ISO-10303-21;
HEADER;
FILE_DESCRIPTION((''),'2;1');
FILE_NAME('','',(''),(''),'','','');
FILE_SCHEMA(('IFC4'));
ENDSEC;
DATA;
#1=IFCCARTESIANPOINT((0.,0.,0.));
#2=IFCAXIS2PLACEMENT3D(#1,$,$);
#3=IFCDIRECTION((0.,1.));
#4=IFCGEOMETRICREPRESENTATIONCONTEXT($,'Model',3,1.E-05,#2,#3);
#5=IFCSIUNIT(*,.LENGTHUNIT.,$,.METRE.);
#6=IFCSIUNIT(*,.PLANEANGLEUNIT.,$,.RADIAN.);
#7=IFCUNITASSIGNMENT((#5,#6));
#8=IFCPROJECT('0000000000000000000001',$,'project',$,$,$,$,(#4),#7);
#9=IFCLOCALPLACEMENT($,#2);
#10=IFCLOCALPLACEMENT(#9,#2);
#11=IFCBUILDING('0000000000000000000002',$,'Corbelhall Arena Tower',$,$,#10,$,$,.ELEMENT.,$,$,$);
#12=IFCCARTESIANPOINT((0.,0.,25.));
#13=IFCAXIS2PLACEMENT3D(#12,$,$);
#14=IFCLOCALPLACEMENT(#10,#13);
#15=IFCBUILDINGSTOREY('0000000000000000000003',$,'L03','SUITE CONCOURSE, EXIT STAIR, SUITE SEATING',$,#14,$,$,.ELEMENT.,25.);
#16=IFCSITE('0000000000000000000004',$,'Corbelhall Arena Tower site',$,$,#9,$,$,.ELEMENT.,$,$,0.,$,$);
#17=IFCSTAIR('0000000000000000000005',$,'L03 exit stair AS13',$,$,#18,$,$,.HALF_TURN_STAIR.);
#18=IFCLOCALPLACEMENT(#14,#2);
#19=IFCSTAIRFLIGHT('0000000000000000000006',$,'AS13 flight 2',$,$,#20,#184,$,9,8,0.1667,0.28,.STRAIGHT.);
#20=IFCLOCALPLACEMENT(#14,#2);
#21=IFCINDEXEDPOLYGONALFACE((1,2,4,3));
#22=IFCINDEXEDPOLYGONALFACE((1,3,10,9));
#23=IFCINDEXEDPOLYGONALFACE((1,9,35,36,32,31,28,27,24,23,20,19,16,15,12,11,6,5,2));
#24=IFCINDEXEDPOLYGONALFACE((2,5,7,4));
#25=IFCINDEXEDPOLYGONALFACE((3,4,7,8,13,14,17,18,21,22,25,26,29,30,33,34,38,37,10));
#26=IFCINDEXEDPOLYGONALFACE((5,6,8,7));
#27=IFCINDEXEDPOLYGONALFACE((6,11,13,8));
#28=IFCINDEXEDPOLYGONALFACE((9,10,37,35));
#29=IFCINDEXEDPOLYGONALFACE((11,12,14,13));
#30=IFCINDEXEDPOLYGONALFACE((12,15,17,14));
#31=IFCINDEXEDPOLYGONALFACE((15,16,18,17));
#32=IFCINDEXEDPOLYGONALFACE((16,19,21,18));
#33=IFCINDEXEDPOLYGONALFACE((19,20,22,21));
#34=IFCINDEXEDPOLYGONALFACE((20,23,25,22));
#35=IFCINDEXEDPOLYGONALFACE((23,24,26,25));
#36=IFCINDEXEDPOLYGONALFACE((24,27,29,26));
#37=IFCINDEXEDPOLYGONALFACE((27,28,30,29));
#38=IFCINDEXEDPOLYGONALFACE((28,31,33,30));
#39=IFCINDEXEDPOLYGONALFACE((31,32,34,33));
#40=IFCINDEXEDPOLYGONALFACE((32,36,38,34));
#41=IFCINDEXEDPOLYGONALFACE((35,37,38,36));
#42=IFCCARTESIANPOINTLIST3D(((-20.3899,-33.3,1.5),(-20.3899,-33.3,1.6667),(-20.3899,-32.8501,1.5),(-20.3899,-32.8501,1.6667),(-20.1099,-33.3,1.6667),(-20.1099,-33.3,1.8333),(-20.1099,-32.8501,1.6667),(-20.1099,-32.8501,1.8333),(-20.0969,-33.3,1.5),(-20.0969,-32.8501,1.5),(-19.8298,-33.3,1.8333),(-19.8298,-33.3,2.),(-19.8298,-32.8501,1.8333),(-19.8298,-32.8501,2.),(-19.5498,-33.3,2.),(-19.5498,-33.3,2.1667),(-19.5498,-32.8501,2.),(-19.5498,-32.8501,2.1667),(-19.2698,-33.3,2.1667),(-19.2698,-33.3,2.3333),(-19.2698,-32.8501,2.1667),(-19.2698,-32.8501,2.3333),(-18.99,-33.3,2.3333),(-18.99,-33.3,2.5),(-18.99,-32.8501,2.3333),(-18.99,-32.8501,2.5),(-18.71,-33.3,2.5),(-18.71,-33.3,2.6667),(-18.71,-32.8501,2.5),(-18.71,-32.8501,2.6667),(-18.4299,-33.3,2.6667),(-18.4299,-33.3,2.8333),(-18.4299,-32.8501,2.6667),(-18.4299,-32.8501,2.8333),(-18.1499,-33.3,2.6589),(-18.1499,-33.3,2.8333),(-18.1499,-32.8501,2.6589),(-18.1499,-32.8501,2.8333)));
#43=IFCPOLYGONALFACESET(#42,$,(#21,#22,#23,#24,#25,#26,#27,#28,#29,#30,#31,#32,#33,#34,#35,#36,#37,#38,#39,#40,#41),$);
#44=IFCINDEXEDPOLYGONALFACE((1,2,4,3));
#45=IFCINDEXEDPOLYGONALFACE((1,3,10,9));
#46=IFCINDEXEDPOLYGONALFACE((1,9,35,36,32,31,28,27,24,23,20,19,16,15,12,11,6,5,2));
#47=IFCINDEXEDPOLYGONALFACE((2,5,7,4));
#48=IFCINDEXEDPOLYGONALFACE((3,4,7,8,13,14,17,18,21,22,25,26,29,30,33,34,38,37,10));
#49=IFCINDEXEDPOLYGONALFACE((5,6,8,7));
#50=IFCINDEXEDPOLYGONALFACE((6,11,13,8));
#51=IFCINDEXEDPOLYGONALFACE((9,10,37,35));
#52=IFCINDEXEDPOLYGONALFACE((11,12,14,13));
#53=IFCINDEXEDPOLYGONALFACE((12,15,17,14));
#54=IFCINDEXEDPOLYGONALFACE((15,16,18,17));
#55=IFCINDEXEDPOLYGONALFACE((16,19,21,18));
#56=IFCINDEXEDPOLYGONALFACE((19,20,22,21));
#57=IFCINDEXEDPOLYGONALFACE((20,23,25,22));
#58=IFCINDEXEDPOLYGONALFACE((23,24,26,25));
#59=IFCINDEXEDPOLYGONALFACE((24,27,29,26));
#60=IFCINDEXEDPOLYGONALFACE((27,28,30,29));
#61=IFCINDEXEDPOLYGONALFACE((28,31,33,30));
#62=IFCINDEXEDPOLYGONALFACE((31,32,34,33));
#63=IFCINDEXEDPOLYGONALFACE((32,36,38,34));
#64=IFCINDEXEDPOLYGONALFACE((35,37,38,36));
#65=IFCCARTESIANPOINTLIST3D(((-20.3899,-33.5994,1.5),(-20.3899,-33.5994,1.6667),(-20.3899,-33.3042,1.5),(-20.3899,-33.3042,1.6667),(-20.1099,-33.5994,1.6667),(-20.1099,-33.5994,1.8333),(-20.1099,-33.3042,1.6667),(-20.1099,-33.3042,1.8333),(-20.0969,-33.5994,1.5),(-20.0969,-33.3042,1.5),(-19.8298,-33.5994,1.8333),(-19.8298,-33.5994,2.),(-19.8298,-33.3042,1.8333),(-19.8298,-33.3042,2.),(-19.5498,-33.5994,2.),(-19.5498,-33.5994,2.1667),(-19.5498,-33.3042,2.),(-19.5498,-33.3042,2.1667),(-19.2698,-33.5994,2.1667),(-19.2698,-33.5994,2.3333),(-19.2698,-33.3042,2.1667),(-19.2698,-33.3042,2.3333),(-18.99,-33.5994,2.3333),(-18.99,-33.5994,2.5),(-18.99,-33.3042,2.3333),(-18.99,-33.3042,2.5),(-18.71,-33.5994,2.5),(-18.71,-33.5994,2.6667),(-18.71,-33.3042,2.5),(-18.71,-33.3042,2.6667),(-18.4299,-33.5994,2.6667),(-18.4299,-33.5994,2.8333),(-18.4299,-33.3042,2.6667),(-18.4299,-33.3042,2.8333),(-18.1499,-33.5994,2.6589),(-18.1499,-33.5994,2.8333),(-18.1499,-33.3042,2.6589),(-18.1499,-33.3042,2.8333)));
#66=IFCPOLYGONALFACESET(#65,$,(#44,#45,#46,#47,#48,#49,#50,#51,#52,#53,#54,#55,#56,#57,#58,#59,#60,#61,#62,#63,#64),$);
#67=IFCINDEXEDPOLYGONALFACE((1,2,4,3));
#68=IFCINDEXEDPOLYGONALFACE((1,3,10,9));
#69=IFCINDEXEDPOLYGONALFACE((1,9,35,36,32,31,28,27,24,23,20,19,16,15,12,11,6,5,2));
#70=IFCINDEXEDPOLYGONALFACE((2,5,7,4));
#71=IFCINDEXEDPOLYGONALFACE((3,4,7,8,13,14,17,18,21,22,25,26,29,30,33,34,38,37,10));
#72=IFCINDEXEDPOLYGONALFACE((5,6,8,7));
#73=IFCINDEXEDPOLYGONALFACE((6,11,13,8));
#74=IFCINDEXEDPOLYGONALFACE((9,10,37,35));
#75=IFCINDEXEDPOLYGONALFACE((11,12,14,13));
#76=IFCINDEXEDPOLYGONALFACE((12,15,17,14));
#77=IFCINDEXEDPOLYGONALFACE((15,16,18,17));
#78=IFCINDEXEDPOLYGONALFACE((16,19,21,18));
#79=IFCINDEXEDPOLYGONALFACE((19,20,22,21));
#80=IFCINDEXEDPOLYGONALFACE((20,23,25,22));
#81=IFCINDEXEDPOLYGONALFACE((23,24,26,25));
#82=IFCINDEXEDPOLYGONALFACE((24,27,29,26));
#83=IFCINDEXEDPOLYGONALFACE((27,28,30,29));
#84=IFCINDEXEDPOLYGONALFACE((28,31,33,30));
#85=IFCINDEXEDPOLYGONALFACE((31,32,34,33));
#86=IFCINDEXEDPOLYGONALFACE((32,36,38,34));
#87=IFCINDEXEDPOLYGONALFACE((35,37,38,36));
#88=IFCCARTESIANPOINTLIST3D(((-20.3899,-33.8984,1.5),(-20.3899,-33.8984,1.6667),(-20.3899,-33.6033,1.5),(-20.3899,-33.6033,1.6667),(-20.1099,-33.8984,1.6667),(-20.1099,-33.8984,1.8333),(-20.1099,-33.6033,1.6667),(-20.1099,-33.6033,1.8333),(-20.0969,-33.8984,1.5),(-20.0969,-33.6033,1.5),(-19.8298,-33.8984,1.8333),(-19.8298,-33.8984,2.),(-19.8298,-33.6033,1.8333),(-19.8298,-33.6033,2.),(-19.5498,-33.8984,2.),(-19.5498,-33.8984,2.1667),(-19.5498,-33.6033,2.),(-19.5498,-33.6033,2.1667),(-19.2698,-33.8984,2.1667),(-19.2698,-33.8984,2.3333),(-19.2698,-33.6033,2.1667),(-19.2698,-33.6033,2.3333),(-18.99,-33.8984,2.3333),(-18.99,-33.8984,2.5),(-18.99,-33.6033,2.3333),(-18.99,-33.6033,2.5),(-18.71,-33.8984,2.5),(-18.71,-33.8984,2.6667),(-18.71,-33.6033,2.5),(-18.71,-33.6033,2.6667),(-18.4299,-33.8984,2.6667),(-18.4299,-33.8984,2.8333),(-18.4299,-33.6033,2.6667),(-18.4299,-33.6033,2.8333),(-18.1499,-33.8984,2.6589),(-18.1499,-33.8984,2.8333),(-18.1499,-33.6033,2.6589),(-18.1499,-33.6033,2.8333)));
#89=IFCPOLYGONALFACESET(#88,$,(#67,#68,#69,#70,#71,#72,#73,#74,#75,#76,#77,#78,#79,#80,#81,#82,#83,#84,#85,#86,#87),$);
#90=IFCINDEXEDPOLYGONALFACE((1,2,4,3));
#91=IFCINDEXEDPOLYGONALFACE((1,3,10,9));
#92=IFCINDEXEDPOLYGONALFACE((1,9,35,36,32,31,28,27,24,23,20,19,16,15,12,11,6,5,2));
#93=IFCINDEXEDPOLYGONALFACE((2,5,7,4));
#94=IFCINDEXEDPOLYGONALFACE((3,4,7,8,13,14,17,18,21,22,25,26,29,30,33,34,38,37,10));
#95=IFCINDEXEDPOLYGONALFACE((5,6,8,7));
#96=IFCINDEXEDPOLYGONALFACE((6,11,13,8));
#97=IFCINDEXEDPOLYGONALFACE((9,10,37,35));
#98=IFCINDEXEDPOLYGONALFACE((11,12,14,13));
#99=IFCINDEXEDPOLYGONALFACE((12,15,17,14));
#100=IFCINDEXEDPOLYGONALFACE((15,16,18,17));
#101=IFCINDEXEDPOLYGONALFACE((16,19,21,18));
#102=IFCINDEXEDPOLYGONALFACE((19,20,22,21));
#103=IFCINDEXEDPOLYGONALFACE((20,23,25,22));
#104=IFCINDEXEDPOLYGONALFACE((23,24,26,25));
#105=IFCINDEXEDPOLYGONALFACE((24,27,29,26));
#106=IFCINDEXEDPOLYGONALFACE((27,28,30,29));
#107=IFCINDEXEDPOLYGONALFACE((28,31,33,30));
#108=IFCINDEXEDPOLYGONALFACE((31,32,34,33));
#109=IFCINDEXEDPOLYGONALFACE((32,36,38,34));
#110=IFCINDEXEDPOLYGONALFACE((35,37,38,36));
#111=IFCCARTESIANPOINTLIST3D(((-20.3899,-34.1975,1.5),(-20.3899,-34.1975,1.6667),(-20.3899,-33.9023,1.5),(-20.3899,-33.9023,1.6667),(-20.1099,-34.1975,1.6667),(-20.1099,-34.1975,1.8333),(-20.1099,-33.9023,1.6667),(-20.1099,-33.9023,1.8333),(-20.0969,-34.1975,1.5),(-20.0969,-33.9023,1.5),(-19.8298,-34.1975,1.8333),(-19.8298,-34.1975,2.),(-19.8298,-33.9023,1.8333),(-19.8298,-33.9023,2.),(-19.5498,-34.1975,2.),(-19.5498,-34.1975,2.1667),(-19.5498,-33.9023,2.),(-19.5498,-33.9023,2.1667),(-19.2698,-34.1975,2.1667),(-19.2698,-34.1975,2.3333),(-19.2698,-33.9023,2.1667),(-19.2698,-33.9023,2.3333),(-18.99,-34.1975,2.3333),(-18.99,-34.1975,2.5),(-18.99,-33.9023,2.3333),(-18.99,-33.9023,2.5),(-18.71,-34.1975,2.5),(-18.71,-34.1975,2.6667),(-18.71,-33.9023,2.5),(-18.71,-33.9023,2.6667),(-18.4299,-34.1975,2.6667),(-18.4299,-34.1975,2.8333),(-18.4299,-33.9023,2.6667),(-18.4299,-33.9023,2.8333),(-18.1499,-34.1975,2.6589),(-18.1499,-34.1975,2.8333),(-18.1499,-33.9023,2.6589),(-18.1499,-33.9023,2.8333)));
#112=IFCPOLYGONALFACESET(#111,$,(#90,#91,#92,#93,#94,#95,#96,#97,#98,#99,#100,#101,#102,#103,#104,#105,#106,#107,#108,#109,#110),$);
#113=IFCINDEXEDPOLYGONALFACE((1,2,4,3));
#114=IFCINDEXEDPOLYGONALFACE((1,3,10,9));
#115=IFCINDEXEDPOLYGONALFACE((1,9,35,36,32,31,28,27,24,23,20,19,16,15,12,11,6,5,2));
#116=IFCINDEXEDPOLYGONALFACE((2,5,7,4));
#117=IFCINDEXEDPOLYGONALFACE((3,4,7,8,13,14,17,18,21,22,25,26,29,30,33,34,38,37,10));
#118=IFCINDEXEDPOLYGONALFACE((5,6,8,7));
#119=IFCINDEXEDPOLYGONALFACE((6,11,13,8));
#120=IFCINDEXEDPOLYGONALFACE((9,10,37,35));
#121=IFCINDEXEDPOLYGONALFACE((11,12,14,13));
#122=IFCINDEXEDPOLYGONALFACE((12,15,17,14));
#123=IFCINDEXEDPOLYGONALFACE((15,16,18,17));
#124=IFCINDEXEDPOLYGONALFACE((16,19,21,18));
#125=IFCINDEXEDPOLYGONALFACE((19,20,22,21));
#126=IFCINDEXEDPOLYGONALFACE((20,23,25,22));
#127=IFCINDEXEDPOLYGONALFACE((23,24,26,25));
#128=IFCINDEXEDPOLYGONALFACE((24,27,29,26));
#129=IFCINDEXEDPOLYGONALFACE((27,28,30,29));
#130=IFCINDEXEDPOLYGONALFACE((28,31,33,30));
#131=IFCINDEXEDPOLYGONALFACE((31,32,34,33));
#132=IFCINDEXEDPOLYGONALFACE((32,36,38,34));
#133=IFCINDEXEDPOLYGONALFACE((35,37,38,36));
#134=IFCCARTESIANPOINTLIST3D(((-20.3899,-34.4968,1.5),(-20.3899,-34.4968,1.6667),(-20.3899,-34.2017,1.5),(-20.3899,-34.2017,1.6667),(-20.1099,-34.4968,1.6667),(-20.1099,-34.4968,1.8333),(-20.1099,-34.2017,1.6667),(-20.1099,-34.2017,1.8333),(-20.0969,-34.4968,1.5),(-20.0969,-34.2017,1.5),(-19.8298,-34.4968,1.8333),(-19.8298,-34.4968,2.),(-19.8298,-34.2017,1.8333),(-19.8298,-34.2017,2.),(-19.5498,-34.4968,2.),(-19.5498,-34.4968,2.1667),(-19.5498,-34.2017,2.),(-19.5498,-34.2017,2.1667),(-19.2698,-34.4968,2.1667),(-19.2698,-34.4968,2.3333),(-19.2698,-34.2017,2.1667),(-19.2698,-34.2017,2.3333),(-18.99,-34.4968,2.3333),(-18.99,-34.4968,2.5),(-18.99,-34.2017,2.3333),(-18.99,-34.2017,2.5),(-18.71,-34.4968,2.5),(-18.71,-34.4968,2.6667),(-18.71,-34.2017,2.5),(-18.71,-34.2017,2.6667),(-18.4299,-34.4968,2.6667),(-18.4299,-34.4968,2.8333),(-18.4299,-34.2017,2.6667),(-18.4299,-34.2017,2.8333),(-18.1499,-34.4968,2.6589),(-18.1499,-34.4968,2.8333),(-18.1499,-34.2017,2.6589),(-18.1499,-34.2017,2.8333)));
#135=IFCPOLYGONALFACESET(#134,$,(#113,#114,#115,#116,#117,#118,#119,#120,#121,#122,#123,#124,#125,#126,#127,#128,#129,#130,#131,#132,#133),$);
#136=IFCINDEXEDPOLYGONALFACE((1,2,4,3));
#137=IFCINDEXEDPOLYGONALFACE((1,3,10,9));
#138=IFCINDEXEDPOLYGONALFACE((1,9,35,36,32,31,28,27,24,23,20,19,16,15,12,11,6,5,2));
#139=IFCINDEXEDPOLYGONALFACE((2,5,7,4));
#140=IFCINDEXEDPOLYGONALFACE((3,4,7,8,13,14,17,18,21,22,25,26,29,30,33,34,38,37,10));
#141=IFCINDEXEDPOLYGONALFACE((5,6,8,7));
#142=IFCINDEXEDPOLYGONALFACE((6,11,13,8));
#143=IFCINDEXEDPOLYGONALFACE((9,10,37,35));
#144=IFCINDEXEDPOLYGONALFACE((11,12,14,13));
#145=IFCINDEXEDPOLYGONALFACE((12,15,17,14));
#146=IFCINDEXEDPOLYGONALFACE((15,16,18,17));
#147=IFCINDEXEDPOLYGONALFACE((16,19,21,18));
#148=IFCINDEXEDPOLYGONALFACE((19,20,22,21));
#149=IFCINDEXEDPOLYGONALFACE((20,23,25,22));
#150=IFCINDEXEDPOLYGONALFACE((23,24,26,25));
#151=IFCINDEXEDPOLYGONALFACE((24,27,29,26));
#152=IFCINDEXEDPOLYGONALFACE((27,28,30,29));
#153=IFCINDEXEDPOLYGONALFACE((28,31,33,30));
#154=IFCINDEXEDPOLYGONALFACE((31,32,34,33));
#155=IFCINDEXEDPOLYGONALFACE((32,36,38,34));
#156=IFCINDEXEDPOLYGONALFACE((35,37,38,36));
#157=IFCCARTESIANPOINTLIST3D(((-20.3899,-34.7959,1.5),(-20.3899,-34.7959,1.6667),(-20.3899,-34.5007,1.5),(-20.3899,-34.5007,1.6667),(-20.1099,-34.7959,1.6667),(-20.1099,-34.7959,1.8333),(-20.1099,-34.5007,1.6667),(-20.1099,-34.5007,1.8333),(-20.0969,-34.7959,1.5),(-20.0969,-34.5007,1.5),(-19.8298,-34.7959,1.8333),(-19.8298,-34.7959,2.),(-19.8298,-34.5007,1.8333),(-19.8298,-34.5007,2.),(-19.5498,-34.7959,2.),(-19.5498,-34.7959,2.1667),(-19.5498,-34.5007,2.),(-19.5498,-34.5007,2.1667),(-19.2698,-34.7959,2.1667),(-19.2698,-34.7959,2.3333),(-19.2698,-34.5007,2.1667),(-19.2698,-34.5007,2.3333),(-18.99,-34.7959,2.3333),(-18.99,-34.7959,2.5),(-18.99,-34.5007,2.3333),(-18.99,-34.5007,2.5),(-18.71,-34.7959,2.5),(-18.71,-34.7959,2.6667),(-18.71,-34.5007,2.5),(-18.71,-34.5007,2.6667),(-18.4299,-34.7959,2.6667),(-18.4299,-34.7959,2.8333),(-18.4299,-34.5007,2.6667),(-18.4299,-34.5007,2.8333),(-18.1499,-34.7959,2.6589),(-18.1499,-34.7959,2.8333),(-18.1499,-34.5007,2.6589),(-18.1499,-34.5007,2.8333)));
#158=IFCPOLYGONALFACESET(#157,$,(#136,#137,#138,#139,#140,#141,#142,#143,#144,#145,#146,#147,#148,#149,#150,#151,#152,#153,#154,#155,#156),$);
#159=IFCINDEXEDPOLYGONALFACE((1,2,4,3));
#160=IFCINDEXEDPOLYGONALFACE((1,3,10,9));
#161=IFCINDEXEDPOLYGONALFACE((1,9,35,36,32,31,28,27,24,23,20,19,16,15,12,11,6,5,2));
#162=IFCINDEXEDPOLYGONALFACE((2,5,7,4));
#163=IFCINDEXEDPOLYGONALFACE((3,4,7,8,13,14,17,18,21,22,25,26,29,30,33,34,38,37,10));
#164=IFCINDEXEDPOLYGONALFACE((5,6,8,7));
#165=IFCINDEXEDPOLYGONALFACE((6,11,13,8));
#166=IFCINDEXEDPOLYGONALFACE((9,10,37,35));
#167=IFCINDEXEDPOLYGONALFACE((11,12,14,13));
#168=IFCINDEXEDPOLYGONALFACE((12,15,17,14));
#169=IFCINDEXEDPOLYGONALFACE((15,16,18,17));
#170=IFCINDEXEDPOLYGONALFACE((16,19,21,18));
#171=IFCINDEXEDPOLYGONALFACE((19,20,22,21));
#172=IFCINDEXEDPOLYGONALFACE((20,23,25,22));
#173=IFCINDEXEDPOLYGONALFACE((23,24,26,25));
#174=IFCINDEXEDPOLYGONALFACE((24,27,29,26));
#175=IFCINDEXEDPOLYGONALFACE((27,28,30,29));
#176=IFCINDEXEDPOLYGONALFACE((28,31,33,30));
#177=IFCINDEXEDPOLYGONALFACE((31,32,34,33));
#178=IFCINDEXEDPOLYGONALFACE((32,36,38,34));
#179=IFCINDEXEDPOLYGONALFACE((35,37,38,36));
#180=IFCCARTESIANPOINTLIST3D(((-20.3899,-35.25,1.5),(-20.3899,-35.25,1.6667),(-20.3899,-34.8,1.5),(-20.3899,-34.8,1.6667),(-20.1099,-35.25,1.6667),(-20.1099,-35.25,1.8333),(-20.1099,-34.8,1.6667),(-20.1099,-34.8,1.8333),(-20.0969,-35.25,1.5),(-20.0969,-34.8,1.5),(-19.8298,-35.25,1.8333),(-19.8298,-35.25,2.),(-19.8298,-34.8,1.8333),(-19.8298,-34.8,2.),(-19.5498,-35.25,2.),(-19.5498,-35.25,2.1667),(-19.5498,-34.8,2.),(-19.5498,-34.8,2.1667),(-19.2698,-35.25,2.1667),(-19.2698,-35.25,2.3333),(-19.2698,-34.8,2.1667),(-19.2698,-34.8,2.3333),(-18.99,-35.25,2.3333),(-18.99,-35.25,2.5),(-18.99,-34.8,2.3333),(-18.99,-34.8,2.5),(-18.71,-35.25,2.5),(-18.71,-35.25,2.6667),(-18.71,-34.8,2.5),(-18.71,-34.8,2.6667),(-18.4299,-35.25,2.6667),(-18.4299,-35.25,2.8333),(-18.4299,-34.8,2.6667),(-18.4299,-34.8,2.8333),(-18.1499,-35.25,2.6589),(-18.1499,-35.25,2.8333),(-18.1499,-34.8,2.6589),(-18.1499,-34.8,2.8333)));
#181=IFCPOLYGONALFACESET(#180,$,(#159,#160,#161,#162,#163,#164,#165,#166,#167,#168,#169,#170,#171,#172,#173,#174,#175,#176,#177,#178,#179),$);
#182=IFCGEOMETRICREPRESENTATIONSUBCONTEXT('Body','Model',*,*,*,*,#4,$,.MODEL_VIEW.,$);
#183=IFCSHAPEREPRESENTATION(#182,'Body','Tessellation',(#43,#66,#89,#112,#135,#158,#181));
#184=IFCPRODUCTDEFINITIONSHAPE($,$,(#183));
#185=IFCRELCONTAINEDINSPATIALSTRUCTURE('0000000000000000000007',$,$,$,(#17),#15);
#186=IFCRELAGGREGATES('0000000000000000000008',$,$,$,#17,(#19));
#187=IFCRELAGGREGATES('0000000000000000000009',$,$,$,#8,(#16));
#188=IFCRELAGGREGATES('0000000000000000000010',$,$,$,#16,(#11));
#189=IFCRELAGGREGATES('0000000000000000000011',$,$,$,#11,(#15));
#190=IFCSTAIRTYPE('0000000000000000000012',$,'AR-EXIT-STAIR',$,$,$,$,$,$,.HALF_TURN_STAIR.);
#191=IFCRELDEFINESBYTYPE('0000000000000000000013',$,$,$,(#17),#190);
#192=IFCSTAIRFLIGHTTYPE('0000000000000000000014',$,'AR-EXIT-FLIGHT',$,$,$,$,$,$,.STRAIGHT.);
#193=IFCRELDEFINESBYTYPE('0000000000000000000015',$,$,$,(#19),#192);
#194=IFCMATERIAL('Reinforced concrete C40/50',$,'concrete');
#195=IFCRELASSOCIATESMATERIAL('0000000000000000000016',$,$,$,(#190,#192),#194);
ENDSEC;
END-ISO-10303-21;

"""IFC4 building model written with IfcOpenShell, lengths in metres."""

from ifc_helpers import new_model, si_unit, direction, frame, origin, place, context, subcontext, project, spatial, polyline, outline, extrude, material, type_object, element, aggregate, save


model = new_model("IFC4")

# Units and contexts
model_context = context("Model", 3, precision=1e-05, world=origin(), true_north=direction((0.0, 1.0)))
body_context = subcontext(model_context, "Body", "Model", "MODEL_VIEW")
ifc_project = project(units=[si_unit("LENGTHUNIT", "METRE"), si_unit("PLANEANGLEUNIT", "RADIAN")], contexts=[model_context])

# Site, building, storey
site_placement = place(None, origin())
site = spatial("IfcSite", under=ifc_project, at=site_placement, Name="Corbelhall Arena Tower site", CompositionType="ELEMENT", RefElevation=0.0)
building_placement = place(site_placement, origin())
building = spatial("IfcBuilding", under=site, at=building_placement, Name="Corbelhall Arena Tower", CompositionType="ELEMENT")
storey_placement = place(building_placement, frame((0.0, 0.0, 25.0)))
storey = spatial("IfcBuildingStorey", under=building, at=storey_placement, Name="L03", Description="SUITE CONCOURSE, EXIT STAIR, SUITE SEATING", CompositionType="ELEMENT", Elevation=25.0)

# Shared definitions
ifc_material_1 = material(Name="Reinforced concrete C40/50", Category="concrete")

# Stair, stair flight
stair_type = type_object("IfcStairType", Name="AR-EXIT-STAIR", PredefinedType="HALF_TURN_STAIR", material=ifc_material_1)
stair_placement = place(storey_placement, origin())
stair = element("IfcStair", 1, at=stair_placement, inside=storey, type_object=stair_type, Name="L03 exit stair AS13", PredefinedType="HALF_TURN_STAIR")
stair_flight_type = type_object("IfcStairFlightType", Name="AR-EXIT-FLIGHT", PredefinedType="STRAIGHT", material=ifc_material_1)
stair_flight_1_placement = place(storey_placement, frame((-20.3899, -34.05, 1.5), z_axis=(0.0, 0.0, 1.0), x_axis=(1.0, 0.0, 0.0)))
stair_flight_1 = element("IfcStairFlight", 2, at=stair_flight_1_placement, type_object=stair_flight_type, Name="AS13 flight 2", NumberOfRisers=9, NumberOfTreads=8, PredefinedType="STRAIGHT", RiserHeight=0.1667, TreadLength=0.28, context=body_context, shape_type="SweptSolid", body=[
    extrude(outline(polyline([(0.0, 0.0), (0.0, 0.1667), (0.28, 0.1667), (0.28, 0.3333), (0.5601, 0.3333), (0.5601, 0.5), (0.8401, 0.5), (0.8401, 0.6667), (1.1201, 0.6667), (1.1201, 0.8333), (1.3999, 0.8333), (1.3999, 1.0), (1.6799, 1.0), (1.6799, 1.1667), (1.96, 1.1667), (1.96, 1.3333), (2.24, 1.3333), (2.24, 1.5), (2.24, 1.1589), (0.293, 0.0), (0.0, 0.0)])), frame((0.0, 1.2, 0.0), z_axis=(0.0, -1.0, 0.0), x_axis=(1.0, 0.0, 0.0)), (0.0, 0.0, 1.0), 0.45),
    extrude(outline(polyline([(0.0, 0.0), (0.0, 0.1667), (0.28, 0.1667), (0.28, 0.3333), (0.5601, 0.3333), (0.5601, 0.5), (0.8401, 0.5), (0.8401, 0.6667), (1.1201, 0.6667), (1.1201, 0.8333), (1.3999, 0.8333), (1.3999, 1.0), (1.6799, 1.0), (1.6799, 1.1667), (1.96, 1.1667), (1.96, 1.3333), (2.24, 1.3333), (2.24, 1.5), (2.24, 1.1589), (0.293, 0.0), (0.0, 0.0)])), frame((0.0, 0.7458, 0.0), z_axis=(0.0, -1.0, 0.0), x_axis=(1.0, 0.0, 0.0)), (0.0, 0.0, 1.0), 0.2952),
    extrude(outline(polyline([(0.0, 0.0), (0.0, 0.1667), (0.28, 0.1667), (0.28, 0.3333), (0.5601, 0.3333), (0.5601, 0.5), (0.8401, 0.5), (0.8401, 0.6667), (1.1201, 0.6667), (1.1201, 0.8333), (1.3999, 0.8333), (1.3999, 1.0), (1.6799, 1.0), (1.6799, 1.1667), (1.96, 1.1667), (1.96, 1.3333), (2.24, 1.3333), (2.24, 1.5), (2.24, 1.1589), (0.293, 0.0), (0.0, 0.0)])), frame((0.0, 0.4468, 0.0), z_axis=(0.0, -1.0, 0.0), x_axis=(1.0, 0.0, 0.0)), (0.0, 0.0, 1.0), 0.2952),
    extrude(outline(polyline([(0.0, 0.0), (0.0, 0.1667), (0.28, 0.1667), (0.28, 0.3333), (0.5601, 0.3333), (0.5601, 0.5), (0.8401, 0.5), (0.8401, 0.6667), (1.1201, 0.6667), (1.1201, 0.8333), (1.3999, 0.8333), (1.3999, 1.0), (1.6799, 1.0), (1.6799, 1.1667), (1.96, 1.1667), (1.96, 1.3333), (2.24, 1.3333), (2.24, 1.5), (2.24, 1.1589), (0.293, 0.0), (0.0, 0.0)])), frame((0.0, 0.1477, 0.0), z_axis=(0.0, -1.0, 0.0), x_axis=(1.0, 0.0, 0.0)), (0.0, 0.0, 1.0), 0.2952),
    extrude(outline(polyline([(0.0, 0.0), (0.0, 0.1667), (0.28, 0.1667), (0.28, 0.3333), (0.5601, 0.3333), (0.5601, 0.5), (0.8401, 0.5), (0.8401, 0.6667), (1.1201, 0.6667), (1.1201, 0.8333), (1.3999, 0.8333), (1.3999, 1.0), (1.6799, 1.0), (1.6799, 1.1667), (1.96, 1.1667), (1.96, 1.3333), (2.24, 1.3333), (2.24, 1.5), (2.24, 1.1589), (0.293, 0.0), (0.0, 0.0)])), frame((0.0, -0.1516, 0.0), z_axis=(0.0, -1.0, 0.0), x_axis=(1.0, 0.0, 0.0)), (0.0, 0.0, 1.0), 0.2952),
    extrude(outline(polyline([(0.0, 0.0), (0.0, 0.1667), (0.28, 0.1667), (0.28, 0.3333), (0.5601, 0.3333), (0.5601, 0.5), (0.8401, 0.5), (0.8401, 0.6667), (1.1201, 0.6667), (1.1201, 0.8333), (1.3999, 0.8333), (1.3999, 1.0), (1.6799, 1.0), (1.6799, 1.1667), (1.96, 1.1667), (1.96, 1.3333), (2.24, 1.3333), (2.24, 1.5), (2.24, 1.1589), (0.293, 0.0), (0.0, 0.0)])), frame((0.0, -0.4507, 0.0), z_axis=(0.0, -1.0, 0.0), x_axis=(1.0, 0.0, 0.0)), (0.0, 0.0, 1.0), 0.2952),
    extrude(outline(polyline([(0.0, 0.0), (0.0, 0.1667), (0.28, 0.1667), (0.28, 0.3333), (0.5601, 0.3333), (0.5601, 0.5), (0.8401, 0.5), (0.8401, 0.6667), (1.1201, 0.6667), (1.1201, 0.8333), (1.3999, 0.8333), (1.3999, 1.0), (1.6799, 1.0), (1.6799, 1.1667), (1.96, 1.1667), (1.96, 1.3333), (2.24, 1.3333), (2.24, 1.5), (2.24, 1.1589), (0.293, 0.0), (0.0, 0.0)])), frame((0.0, -0.75, 0.0), z_axis=(0.0, -1.0, 0.0), x_axis=(1.0, 0.0, 0.0)), (0.0, 0.0, 1.0), 0.45),
])
aggregate(stair, [stair_flight_1])

save(model, "model.ifc")
